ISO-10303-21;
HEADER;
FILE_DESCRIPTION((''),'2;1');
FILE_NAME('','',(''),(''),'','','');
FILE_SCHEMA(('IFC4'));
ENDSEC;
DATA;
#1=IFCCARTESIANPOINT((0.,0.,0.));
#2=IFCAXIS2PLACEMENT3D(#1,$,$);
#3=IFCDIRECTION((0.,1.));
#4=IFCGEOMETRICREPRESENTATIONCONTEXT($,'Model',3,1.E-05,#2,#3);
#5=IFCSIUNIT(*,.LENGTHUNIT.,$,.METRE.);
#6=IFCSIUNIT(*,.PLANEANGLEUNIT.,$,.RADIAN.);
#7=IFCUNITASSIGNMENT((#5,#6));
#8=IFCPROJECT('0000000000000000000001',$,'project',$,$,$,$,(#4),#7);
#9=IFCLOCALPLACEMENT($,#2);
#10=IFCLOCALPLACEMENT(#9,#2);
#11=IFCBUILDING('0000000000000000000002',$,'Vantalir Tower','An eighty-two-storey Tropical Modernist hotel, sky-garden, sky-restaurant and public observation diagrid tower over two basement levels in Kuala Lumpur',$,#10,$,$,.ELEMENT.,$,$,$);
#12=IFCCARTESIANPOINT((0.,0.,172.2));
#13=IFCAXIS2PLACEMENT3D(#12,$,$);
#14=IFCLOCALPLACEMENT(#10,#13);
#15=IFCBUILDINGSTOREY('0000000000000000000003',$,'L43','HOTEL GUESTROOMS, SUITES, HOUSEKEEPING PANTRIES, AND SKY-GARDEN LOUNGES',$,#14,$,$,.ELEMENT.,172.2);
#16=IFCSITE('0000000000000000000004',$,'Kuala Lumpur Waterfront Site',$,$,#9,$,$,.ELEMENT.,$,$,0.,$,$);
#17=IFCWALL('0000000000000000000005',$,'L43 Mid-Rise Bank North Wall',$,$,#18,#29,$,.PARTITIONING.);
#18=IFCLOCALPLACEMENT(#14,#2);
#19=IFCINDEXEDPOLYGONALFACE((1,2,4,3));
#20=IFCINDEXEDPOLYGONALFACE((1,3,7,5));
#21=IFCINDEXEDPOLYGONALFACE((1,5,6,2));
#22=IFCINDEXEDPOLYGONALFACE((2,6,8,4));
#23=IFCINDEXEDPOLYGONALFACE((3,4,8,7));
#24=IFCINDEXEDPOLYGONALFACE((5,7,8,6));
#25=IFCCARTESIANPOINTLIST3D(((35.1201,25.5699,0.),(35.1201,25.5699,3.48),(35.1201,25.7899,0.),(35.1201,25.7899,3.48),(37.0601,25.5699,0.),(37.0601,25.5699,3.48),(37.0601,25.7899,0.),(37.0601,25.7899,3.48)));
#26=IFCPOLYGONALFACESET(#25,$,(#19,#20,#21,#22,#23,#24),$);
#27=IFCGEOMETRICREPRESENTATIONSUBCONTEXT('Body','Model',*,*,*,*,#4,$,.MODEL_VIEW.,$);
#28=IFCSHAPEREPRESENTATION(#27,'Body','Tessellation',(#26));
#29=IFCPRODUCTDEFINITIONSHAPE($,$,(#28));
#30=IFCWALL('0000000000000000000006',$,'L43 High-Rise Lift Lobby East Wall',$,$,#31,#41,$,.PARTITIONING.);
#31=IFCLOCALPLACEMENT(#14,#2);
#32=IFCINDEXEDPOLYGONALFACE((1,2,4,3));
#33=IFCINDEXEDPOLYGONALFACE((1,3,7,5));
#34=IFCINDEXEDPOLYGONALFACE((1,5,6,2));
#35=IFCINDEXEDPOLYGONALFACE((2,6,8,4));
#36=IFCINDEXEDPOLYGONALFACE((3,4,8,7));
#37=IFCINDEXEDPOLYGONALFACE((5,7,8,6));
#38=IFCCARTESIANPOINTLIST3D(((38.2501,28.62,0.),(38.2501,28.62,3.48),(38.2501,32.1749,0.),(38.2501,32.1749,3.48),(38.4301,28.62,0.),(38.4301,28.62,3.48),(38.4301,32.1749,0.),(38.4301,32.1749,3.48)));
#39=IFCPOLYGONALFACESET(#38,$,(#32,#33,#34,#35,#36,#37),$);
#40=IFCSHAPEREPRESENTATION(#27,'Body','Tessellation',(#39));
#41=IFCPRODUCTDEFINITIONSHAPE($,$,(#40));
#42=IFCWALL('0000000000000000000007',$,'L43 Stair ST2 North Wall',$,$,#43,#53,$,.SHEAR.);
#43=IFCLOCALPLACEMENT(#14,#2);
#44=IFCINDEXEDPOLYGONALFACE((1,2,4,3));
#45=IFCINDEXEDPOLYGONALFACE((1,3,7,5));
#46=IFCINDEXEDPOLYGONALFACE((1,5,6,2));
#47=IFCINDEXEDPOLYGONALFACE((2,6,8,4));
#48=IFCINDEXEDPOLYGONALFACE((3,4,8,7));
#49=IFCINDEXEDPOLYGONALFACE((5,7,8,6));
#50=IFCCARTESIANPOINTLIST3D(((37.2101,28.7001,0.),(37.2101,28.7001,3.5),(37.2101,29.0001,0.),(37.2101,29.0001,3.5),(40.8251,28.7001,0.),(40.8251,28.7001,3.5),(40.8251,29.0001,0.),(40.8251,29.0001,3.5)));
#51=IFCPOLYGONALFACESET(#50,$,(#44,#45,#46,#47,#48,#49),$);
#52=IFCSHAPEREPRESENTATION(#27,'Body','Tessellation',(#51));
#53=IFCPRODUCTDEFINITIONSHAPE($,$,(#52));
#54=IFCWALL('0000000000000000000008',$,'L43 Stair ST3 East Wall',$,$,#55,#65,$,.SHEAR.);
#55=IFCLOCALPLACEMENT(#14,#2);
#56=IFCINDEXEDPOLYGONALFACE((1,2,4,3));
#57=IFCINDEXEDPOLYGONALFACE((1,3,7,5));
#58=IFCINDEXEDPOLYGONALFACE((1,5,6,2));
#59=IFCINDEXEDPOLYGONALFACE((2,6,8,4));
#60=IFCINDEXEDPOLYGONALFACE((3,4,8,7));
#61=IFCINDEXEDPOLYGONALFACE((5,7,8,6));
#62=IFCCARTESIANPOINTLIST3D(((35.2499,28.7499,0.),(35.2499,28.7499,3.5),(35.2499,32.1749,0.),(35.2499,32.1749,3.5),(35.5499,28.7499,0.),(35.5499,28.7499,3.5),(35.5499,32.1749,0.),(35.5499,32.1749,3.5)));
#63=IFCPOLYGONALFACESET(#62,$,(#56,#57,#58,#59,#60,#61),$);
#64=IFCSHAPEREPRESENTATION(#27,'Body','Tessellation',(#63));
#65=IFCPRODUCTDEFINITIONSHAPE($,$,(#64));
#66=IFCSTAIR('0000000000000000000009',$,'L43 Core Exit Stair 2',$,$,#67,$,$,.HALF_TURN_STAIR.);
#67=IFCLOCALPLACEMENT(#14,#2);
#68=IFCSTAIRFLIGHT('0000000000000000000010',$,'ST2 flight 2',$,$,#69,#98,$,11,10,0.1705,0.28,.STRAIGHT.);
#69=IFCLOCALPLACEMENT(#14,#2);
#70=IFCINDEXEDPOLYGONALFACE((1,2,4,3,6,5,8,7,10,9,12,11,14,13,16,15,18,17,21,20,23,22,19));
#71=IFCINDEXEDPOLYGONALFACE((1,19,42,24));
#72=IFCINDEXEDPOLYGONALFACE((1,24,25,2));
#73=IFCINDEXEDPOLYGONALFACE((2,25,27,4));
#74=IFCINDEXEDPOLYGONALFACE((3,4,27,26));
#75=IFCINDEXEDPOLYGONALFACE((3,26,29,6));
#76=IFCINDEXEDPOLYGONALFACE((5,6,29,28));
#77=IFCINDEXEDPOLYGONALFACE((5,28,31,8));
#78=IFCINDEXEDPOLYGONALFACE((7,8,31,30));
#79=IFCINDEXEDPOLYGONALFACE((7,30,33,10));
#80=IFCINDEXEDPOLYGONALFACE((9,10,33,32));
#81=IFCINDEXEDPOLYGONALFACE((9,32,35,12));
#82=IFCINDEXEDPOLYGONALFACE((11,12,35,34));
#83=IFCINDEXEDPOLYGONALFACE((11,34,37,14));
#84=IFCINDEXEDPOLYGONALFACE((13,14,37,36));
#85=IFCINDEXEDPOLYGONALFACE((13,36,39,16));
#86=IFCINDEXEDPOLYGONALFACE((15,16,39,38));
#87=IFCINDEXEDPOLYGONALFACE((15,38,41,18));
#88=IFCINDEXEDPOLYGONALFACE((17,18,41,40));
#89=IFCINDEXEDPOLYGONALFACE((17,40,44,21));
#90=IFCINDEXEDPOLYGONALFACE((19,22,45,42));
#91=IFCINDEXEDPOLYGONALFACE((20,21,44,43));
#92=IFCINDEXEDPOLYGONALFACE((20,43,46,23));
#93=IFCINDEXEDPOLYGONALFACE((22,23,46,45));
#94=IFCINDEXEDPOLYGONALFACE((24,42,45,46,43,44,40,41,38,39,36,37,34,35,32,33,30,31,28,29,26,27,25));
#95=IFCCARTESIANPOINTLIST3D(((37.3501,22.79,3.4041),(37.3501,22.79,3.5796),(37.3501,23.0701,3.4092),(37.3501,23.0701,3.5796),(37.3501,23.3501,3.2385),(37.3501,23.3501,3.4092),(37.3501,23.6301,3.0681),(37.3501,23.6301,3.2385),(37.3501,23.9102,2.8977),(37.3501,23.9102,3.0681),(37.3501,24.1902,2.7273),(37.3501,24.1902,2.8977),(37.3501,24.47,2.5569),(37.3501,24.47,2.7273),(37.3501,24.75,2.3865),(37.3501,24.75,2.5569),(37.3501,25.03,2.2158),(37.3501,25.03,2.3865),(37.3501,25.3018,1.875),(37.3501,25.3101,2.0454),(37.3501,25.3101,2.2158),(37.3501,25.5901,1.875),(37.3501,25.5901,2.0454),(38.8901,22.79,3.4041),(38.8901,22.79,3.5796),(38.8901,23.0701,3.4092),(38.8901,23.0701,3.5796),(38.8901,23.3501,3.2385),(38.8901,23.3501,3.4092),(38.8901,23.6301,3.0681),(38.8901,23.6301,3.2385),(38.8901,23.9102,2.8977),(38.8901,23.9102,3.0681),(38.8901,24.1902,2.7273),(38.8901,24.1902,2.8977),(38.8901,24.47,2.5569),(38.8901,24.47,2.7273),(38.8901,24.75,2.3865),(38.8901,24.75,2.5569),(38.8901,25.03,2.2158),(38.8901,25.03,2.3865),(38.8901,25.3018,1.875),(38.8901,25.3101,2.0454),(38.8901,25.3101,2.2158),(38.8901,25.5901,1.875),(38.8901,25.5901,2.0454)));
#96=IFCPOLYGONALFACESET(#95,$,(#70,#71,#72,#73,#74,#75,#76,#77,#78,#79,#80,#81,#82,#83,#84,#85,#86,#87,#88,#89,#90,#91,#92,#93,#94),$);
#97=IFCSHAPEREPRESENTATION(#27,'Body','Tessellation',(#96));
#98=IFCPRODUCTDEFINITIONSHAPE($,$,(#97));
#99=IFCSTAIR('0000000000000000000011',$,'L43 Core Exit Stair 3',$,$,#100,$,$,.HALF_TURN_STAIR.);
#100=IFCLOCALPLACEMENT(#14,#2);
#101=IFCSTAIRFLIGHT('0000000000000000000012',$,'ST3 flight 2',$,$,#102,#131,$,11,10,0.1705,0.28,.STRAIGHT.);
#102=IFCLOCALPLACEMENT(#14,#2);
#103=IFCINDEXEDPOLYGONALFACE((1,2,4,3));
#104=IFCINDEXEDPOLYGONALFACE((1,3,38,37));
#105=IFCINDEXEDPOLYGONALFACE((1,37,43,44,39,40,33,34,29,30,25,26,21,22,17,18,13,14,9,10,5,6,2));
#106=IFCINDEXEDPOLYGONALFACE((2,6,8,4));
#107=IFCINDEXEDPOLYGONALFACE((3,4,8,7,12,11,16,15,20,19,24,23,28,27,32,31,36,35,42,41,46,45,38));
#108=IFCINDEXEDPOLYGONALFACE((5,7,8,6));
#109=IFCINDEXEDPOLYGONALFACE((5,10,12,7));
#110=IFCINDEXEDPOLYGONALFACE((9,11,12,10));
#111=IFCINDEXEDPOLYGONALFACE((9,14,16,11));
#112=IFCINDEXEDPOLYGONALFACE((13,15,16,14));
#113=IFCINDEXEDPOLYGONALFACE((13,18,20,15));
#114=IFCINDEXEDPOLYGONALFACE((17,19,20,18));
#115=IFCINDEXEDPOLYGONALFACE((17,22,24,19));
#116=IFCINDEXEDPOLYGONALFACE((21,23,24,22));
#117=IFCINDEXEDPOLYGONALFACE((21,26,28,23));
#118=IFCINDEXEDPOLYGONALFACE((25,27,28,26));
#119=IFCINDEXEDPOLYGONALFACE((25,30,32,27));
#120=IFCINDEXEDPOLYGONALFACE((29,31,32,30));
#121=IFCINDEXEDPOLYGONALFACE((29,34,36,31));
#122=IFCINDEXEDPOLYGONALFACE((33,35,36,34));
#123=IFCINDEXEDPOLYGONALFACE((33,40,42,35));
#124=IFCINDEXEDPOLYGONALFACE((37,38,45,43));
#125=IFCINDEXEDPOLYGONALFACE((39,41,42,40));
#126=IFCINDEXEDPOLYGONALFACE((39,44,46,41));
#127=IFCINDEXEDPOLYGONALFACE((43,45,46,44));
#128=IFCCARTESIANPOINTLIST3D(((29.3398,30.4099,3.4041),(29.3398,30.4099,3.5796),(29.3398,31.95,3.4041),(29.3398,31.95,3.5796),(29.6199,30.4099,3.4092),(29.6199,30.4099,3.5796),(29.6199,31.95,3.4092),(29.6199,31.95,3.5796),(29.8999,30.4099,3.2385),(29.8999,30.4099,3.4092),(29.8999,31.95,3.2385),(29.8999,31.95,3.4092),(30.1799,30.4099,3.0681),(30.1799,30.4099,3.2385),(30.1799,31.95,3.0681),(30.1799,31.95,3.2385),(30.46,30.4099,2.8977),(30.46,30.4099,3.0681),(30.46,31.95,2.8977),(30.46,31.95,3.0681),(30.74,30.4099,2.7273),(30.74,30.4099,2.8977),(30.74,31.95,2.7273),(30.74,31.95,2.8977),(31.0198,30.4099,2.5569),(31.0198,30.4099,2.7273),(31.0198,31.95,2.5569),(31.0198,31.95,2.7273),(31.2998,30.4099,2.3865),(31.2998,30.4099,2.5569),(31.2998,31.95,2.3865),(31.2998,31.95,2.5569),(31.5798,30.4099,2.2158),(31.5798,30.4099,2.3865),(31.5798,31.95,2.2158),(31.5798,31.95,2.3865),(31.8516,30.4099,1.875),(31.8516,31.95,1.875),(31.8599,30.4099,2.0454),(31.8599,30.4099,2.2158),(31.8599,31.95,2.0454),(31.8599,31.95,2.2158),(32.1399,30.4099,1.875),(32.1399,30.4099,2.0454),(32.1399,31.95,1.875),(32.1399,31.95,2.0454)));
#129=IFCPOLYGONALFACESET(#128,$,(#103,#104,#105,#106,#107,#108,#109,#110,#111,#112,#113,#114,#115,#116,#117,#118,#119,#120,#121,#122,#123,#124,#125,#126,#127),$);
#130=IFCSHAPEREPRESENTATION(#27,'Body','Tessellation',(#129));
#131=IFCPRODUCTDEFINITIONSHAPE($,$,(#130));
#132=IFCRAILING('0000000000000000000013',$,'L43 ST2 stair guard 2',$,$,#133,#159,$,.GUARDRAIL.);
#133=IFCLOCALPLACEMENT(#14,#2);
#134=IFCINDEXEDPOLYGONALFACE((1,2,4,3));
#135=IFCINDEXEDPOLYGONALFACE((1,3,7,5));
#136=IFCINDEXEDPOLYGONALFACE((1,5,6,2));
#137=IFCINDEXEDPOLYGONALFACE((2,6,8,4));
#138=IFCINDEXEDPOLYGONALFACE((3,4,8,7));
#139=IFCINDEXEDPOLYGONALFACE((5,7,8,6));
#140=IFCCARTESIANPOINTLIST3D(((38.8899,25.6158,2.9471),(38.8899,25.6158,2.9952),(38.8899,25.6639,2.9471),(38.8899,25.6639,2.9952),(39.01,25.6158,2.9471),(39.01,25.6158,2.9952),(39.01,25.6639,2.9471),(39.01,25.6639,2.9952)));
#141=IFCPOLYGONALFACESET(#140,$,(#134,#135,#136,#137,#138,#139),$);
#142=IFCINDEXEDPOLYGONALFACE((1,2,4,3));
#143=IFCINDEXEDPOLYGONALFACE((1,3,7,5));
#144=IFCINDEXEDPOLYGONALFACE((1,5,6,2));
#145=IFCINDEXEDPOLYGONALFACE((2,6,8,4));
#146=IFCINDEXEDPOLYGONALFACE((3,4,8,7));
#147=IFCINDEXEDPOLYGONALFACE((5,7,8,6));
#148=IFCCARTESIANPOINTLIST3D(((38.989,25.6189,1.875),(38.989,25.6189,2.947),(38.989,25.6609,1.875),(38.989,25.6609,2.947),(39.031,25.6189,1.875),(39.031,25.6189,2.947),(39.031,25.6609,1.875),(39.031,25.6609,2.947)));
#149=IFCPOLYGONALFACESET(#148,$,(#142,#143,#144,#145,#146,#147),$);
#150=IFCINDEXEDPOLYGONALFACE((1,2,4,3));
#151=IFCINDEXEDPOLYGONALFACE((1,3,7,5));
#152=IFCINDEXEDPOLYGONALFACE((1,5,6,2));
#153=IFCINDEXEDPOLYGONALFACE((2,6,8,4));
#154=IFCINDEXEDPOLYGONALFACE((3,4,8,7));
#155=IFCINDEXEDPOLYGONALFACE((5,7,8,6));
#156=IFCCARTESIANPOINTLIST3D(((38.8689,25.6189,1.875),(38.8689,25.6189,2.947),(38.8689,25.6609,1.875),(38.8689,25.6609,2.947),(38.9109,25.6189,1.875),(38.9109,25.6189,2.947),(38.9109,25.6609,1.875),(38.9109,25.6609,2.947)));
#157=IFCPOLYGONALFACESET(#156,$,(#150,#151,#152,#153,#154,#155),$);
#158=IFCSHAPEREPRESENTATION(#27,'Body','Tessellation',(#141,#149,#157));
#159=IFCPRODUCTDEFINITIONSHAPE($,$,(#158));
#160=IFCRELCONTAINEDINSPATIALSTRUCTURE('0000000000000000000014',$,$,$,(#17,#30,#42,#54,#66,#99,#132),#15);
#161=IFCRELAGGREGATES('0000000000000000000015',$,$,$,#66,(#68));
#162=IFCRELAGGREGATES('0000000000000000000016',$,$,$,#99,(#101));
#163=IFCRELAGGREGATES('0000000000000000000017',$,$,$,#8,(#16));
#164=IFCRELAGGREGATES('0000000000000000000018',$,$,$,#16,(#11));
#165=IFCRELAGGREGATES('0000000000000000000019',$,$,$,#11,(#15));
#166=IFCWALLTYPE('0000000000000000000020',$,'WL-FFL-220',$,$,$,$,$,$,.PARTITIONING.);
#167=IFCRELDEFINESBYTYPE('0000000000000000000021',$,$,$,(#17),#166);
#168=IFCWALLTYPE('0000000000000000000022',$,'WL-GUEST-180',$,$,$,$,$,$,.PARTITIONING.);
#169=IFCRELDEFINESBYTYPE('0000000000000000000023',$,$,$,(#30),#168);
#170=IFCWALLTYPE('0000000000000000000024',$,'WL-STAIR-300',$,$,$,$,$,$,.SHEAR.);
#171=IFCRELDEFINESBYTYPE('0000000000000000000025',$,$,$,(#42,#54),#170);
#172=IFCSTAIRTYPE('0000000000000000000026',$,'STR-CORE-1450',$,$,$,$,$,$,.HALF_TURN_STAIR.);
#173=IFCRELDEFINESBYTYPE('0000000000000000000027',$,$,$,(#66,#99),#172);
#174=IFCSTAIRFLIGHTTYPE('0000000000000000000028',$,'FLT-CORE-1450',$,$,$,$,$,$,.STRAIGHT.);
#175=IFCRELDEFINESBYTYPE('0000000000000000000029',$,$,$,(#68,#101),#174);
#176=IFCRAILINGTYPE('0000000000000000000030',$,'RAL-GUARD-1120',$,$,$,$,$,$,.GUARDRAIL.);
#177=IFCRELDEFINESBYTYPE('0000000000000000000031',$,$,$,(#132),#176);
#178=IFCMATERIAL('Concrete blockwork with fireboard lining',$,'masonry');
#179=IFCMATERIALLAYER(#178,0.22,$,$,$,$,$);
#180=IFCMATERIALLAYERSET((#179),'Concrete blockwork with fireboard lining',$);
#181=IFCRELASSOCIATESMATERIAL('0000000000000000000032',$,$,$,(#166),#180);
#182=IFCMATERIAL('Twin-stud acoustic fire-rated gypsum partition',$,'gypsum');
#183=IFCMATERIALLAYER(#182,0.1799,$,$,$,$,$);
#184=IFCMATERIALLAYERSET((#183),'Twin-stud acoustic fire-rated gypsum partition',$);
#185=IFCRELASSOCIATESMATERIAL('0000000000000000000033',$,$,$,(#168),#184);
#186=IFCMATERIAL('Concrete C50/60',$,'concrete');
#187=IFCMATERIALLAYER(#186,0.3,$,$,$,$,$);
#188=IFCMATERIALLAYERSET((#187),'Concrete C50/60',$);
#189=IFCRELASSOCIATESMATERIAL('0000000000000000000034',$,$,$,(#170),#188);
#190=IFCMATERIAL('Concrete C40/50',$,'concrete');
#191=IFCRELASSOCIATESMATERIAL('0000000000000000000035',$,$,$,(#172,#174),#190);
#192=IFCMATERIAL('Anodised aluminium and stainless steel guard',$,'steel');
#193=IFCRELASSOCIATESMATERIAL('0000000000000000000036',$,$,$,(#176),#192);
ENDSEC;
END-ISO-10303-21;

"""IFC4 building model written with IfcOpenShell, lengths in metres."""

from ifc_helpers import new_model, si_unit, direction, frame, frame_2d, origin, origin_2d, place, context, subcontext, project, spatial, polyline, rectangle, outline, extrude, material, layer, layer_set, type_object, element, aggregate, save


model = new_model("IFC4")

# Units and contexts
model_context = context("Model", 3, precision=1e-05, world=origin(), true_north=direction((0.0, 1.0)))
body_context = subcontext(model_context, "Body", "Model", "MODEL_VIEW")
ifc_project = project(units=[si_unit("LENGTHUNIT", "METRE"), si_unit("PLANEANGLEUNIT", "RADIAN")], contexts=[model_context])

# Site, building, storey
site_placement = place(None, origin())
site = spatial("IfcSite", under=ifc_project, at=site_placement, Name="Kuala Lumpur Waterfront Site", CompositionType="ELEMENT", RefElevation=0.0)
building_placement = place(site_placement, origin())
building = spatial("IfcBuilding", under=site, at=building_placement, Name="Vantalir Tower", Description="An eighty-two-storey Tropical Modernist hotel, sky-garden, sky-restaurant and public observation diagrid tower over two basement levels in Kuala Lumpur", CompositionType="ELEMENT")
storey_placement = place(building_placement, frame((0.0, 0.0, 172.2)))
storey = spatial("IfcBuildingStorey", under=building, at=storey_placement, Name="L43", Description="HOTEL GUESTROOMS, SUITES, HOUSEKEEPING PANTRIES, AND SKY-GARDEN LOUNGES", CompositionType="ELEMENT", Elevation=172.2)

# Walls
ifc_material_1 = material(Name="Concrete blockwork with fireboard lining", Category="masonry")
ifc_layer_1 = layer(ifc_material_1, 0.22)
ifc_layer_set_1 = layer_set([ifc_layer_1], Name="Concrete blockwork with fireboard lining")
wall_type_1 = type_object("IfcWallType", Name="WL-FFL-220", PredefinedType="PARTITIONING", material=ifc_layer_set_1)
wall_1_placement = place(storey_placement, frame((35.1201, 25.6799, 0.0), z_axis=(0.0, 0.0, 1.0), x_axis=(1.0, 0.0, 0.0)))
element("IfcWall", 1, at=wall_1_placement, inside=storey, type_object=wall_type_1, Name="L43 Mid-Rise Bank North Wall", PredefinedType="PARTITIONING", context=body_context, shape_type="SweptSolid", body=[
    extrude(rectangle(XDim=1.9399, YDim=0.22, at=frame_2d((0.97, 0.0))), origin(), (0.0, 0.0, 1.0), 3.48),
])
ifc_material_2 = material(Name="Twin-stud acoustic fire-rated gypsum partition", Category="gypsum")
ifc_layer_2 = layer(ifc_material_2, 0.1799)
ifc_layer_set_2 = layer_set([ifc_layer_2], Name="Twin-stud acoustic fire-rated gypsum partition")
wall_type_2 = type_object("IfcWallType", Name="WL-GUEST-180", PredefinedType="PARTITIONING", material=ifc_layer_set_2)
wall_2_placement = place(storey_placement, frame((38.3401, 28.6201, 0.0), z_axis=(0.0, 0.0, 1.0), x_axis=(0.0, 1.0, 0.0)))
element("IfcWall", 2, at=wall_2_placement, inside=storey, type_object=wall_type_2, Name="L43 High-Rise Lift Lobby East Wall", PredefinedType="PARTITIONING", context=body_context, shape_type="SweptSolid", body=[
    extrude(rectangle(XDim=3.5549, YDim=0.1799, at=frame_2d((1.7773, 0.0))), origin(), (0.0, 0.0, 1.0), 3.48),
])
ifc_material_3 = material(Name="Concrete C50/60", Category="concrete")
ifc_layer_3 = layer(ifc_material_3, 0.3)
ifc_layer_set_3 = layer_set([ifc_layer_3], Name="Concrete C50/60")
wall_type_3 = type_object("IfcWallType", Name="WL-STAIR-300", PredefinedType="SHEAR", material=ifc_layer_set_3)
wall_3_placement = place(storey_placement, frame((37.21, 28.8501, 0.0), z_axis=(0.0, 0.0, 1.0), x_axis=(1.0, 0.0, 0.0)))
element("IfcWall", 3, at=wall_3_placement, inside=storey, type_object=wall_type_3, Name="L43 Stair ST2 North Wall", PredefinedType="SHEAR", context=body_context, shape_type="SweptSolid", body=[
    extrude(rectangle(XDim=3.615, YDim=0.3, at=frame_2d((1.8076, 0.0))), origin(), (0.0, 0.0, 1.0), 3.5),
])
wall_4_placement = place(storey_placement, frame((35.3999, 28.75, 0.0), z_axis=(0.0, 0.0, 1.0), x_axis=(0.0, 1.0, 0.0)))
element("IfcWall", 4, at=wall_4_placement, inside=storey, type_object=wall_type_3, Name="L43 Stair ST3 East Wall", PredefinedType="SHEAR", context=body_context, shape_type="SweptSolid", body=[
    extrude(rectangle(XDim=3.425, YDim=0.3, at=frame_2d((1.7124, 0.0))), origin(), (0.0, 0.0, 1.0), 3.5),
])

# Stairs, stair flights
ifc_material_4 = material(Name="Concrete C40/50", Category="concrete")
stair_type = type_object("IfcStairType", Name="STR-CORE-1450", PredefinedType="HALF_TURN_STAIR", material=ifc_material_4)
stair_1_placement = place(storey_placement, origin())
stair_1 = element("IfcStair", 5, at=stair_1_placement, inside=storey, type_object=stair_type, Name="L43 Core Exit Stair 2", PredefinedType="HALF_TURN_STAIR")
stair_flight_type = type_object("IfcStairFlightType", Name="FLT-CORE-1450", PredefinedType="STRAIGHT", material=ifc_material_4)
stair_flight_1_placement = place(storey_placement, frame((38.1201, 25.5901, 1.875), z_axis=(0.0, 0.0, 1.0), x_axis=(0.0, -1.0, 0.0)))
stair_flight_1 = element("IfcStairFlight", 6, at=stair_flight_1_placement, type_object=stair_flight_type, Name="ST2 flight 2", NumberOfRisers=11, NumberOfTreads=10, PredefinedType="STRAIGHT", RiserHeight=0.1705, TreadLength=0.28, context=body_context, shape_type="SweptSolid", body=[
    extrude(outline(polyline([(0.0, 0.0), (0.0, 0.1704), (0.28, 0.1704), (0.28, 0.3408), (0.5601, 0.3408), (0.5601, 0.5115), (0.8401, 0.5115), (0.8401, 0.6819), (1.1201, 0.6819), (1.1201, 0.8523), (1.3999, 0.8523), (1.3999, 1.0227), (1.6799, 1.0227), (1.6799, 1.1931), (1.96, 1.1931), (1.96, 1.3635), (2.24, 1.3635), (2.24, 1.5342), (2.52, 1.5342), (2.52, 1.7046), (2.8, 1.7046), (2.8, 1.875), (2.8, 1.5291), (0.2883, 0.0), (0.0, 0.0)])), frame((0.0, 0.77, 0.0), z_axis=(0.0, -1.0, 0.0), x_axis=(1.0, 0.0, 0.0)), (0.0, 0.0, 1.0), 1.54),
])
aggregate(stair_1, [stair_flight_1])
stair_2_placement = place(storey_placement, origin())
stair_2 = element("IfcStair", 7, at=stair_2_placement, inside=storey, type_object=stair_type, Name="L43 Core Exit Stair 3", PredefinedType="HALF_TURN_STAIR")
stair_flight_2_placement = place(storey_placement, frame((32.1399, 31.1799, 1.875), z_axis=(0.0, 0.0, 1.0), x_axis=(-1.0, 0.0, 0.0)))
stair_flight_2 = element("IfcStairFlight", 8, at=stair_flight_2_placement, type_object=stair_flight_type, Name="ST3 flight 2", NumberOfRisers=11, NumberOfTreads=10, PredefinedType="STRAIGHT", RiserHeight=0.1705, TreadLength=0.28, context=body_context, shape_type="SweptSolid", body=[
    extrude(outline(polyline([(0.0, 0.0), (0.0, 0.1704), (0.28, 0.1704), (0.28, 0.3408), (0.5601, 0.3408), (0.5601, 0.5115), (0.8401, 0.5115), (0.8401, 0.6819), (1.1201, 0.6819), (1.1201, 0.8523), (1.3999, 0.8523), (1.3999, 1.0227), (1.6799, 1.0227), (1.6799, 1.1931), (1.96, 1.1931), (1.96, 1.3635), (2.24, 1.3635), (2.24, 1.5342), (2.52, 1.5342), (2.52, 1.7046), (2.8, 1.7046), (2.8, 1.875), (2.8, 1.5291), (0.2883, 0.0), (0.0, 0.0)])), frame((0.0, 0.77, 0.0), z_axis=(0.0, -1.0, 0.0), x_axis=(1.0, 0.0, 0.0)), (0.0, 0.0, 1.0), 1.54),
])
aggregate(stair_2, [stair_flight_2])

# Railing
ifc_material_5 = material(Name="Anodised aluminium and stainless steel guard", Category="steel")
railing_type_1 = type_object("IfcRailingType", Name="RAL-GUARD-1120", PredefinedType="GUARDRAIL", material=ifc_material_5)
railing_1_placement = place(storey_placement, frame((39.01, 25.6399, 1.875)))
element("IfcRailing", 9, at=railing_1_placement, inside=storey, type_object=railing_type_1, Name="L43 ST2 stair guard 2", PredefinedType="GUARDRAIL", context=body_context, shape_type="SweptSolid", body=[
    extrude(rectangle(XDim=0.0481, YDim=0.0481, at=origin_2d()), frame((0.0, 0.0, 1.0962), z_axis=(-1.0, 0.0, 0.0), x_axis=(0.0, -1.0, 0.0)), (0.0, 0.0, 1.0), 0.1201),
    extrude(rectangle(XDim=0.042, YDim=0.042, at=origin_2d()), origin(), (0.0, 0.0, 1.0), 1.072),
    extrude(rectangle(XDim=0.042, YDim=0.042, at=origin_2d()), frame((-0.1201, 0.0, 0.0)), (0.0, 0.0, 1.0), 1.072),
])

save(model, "model.ifc")
